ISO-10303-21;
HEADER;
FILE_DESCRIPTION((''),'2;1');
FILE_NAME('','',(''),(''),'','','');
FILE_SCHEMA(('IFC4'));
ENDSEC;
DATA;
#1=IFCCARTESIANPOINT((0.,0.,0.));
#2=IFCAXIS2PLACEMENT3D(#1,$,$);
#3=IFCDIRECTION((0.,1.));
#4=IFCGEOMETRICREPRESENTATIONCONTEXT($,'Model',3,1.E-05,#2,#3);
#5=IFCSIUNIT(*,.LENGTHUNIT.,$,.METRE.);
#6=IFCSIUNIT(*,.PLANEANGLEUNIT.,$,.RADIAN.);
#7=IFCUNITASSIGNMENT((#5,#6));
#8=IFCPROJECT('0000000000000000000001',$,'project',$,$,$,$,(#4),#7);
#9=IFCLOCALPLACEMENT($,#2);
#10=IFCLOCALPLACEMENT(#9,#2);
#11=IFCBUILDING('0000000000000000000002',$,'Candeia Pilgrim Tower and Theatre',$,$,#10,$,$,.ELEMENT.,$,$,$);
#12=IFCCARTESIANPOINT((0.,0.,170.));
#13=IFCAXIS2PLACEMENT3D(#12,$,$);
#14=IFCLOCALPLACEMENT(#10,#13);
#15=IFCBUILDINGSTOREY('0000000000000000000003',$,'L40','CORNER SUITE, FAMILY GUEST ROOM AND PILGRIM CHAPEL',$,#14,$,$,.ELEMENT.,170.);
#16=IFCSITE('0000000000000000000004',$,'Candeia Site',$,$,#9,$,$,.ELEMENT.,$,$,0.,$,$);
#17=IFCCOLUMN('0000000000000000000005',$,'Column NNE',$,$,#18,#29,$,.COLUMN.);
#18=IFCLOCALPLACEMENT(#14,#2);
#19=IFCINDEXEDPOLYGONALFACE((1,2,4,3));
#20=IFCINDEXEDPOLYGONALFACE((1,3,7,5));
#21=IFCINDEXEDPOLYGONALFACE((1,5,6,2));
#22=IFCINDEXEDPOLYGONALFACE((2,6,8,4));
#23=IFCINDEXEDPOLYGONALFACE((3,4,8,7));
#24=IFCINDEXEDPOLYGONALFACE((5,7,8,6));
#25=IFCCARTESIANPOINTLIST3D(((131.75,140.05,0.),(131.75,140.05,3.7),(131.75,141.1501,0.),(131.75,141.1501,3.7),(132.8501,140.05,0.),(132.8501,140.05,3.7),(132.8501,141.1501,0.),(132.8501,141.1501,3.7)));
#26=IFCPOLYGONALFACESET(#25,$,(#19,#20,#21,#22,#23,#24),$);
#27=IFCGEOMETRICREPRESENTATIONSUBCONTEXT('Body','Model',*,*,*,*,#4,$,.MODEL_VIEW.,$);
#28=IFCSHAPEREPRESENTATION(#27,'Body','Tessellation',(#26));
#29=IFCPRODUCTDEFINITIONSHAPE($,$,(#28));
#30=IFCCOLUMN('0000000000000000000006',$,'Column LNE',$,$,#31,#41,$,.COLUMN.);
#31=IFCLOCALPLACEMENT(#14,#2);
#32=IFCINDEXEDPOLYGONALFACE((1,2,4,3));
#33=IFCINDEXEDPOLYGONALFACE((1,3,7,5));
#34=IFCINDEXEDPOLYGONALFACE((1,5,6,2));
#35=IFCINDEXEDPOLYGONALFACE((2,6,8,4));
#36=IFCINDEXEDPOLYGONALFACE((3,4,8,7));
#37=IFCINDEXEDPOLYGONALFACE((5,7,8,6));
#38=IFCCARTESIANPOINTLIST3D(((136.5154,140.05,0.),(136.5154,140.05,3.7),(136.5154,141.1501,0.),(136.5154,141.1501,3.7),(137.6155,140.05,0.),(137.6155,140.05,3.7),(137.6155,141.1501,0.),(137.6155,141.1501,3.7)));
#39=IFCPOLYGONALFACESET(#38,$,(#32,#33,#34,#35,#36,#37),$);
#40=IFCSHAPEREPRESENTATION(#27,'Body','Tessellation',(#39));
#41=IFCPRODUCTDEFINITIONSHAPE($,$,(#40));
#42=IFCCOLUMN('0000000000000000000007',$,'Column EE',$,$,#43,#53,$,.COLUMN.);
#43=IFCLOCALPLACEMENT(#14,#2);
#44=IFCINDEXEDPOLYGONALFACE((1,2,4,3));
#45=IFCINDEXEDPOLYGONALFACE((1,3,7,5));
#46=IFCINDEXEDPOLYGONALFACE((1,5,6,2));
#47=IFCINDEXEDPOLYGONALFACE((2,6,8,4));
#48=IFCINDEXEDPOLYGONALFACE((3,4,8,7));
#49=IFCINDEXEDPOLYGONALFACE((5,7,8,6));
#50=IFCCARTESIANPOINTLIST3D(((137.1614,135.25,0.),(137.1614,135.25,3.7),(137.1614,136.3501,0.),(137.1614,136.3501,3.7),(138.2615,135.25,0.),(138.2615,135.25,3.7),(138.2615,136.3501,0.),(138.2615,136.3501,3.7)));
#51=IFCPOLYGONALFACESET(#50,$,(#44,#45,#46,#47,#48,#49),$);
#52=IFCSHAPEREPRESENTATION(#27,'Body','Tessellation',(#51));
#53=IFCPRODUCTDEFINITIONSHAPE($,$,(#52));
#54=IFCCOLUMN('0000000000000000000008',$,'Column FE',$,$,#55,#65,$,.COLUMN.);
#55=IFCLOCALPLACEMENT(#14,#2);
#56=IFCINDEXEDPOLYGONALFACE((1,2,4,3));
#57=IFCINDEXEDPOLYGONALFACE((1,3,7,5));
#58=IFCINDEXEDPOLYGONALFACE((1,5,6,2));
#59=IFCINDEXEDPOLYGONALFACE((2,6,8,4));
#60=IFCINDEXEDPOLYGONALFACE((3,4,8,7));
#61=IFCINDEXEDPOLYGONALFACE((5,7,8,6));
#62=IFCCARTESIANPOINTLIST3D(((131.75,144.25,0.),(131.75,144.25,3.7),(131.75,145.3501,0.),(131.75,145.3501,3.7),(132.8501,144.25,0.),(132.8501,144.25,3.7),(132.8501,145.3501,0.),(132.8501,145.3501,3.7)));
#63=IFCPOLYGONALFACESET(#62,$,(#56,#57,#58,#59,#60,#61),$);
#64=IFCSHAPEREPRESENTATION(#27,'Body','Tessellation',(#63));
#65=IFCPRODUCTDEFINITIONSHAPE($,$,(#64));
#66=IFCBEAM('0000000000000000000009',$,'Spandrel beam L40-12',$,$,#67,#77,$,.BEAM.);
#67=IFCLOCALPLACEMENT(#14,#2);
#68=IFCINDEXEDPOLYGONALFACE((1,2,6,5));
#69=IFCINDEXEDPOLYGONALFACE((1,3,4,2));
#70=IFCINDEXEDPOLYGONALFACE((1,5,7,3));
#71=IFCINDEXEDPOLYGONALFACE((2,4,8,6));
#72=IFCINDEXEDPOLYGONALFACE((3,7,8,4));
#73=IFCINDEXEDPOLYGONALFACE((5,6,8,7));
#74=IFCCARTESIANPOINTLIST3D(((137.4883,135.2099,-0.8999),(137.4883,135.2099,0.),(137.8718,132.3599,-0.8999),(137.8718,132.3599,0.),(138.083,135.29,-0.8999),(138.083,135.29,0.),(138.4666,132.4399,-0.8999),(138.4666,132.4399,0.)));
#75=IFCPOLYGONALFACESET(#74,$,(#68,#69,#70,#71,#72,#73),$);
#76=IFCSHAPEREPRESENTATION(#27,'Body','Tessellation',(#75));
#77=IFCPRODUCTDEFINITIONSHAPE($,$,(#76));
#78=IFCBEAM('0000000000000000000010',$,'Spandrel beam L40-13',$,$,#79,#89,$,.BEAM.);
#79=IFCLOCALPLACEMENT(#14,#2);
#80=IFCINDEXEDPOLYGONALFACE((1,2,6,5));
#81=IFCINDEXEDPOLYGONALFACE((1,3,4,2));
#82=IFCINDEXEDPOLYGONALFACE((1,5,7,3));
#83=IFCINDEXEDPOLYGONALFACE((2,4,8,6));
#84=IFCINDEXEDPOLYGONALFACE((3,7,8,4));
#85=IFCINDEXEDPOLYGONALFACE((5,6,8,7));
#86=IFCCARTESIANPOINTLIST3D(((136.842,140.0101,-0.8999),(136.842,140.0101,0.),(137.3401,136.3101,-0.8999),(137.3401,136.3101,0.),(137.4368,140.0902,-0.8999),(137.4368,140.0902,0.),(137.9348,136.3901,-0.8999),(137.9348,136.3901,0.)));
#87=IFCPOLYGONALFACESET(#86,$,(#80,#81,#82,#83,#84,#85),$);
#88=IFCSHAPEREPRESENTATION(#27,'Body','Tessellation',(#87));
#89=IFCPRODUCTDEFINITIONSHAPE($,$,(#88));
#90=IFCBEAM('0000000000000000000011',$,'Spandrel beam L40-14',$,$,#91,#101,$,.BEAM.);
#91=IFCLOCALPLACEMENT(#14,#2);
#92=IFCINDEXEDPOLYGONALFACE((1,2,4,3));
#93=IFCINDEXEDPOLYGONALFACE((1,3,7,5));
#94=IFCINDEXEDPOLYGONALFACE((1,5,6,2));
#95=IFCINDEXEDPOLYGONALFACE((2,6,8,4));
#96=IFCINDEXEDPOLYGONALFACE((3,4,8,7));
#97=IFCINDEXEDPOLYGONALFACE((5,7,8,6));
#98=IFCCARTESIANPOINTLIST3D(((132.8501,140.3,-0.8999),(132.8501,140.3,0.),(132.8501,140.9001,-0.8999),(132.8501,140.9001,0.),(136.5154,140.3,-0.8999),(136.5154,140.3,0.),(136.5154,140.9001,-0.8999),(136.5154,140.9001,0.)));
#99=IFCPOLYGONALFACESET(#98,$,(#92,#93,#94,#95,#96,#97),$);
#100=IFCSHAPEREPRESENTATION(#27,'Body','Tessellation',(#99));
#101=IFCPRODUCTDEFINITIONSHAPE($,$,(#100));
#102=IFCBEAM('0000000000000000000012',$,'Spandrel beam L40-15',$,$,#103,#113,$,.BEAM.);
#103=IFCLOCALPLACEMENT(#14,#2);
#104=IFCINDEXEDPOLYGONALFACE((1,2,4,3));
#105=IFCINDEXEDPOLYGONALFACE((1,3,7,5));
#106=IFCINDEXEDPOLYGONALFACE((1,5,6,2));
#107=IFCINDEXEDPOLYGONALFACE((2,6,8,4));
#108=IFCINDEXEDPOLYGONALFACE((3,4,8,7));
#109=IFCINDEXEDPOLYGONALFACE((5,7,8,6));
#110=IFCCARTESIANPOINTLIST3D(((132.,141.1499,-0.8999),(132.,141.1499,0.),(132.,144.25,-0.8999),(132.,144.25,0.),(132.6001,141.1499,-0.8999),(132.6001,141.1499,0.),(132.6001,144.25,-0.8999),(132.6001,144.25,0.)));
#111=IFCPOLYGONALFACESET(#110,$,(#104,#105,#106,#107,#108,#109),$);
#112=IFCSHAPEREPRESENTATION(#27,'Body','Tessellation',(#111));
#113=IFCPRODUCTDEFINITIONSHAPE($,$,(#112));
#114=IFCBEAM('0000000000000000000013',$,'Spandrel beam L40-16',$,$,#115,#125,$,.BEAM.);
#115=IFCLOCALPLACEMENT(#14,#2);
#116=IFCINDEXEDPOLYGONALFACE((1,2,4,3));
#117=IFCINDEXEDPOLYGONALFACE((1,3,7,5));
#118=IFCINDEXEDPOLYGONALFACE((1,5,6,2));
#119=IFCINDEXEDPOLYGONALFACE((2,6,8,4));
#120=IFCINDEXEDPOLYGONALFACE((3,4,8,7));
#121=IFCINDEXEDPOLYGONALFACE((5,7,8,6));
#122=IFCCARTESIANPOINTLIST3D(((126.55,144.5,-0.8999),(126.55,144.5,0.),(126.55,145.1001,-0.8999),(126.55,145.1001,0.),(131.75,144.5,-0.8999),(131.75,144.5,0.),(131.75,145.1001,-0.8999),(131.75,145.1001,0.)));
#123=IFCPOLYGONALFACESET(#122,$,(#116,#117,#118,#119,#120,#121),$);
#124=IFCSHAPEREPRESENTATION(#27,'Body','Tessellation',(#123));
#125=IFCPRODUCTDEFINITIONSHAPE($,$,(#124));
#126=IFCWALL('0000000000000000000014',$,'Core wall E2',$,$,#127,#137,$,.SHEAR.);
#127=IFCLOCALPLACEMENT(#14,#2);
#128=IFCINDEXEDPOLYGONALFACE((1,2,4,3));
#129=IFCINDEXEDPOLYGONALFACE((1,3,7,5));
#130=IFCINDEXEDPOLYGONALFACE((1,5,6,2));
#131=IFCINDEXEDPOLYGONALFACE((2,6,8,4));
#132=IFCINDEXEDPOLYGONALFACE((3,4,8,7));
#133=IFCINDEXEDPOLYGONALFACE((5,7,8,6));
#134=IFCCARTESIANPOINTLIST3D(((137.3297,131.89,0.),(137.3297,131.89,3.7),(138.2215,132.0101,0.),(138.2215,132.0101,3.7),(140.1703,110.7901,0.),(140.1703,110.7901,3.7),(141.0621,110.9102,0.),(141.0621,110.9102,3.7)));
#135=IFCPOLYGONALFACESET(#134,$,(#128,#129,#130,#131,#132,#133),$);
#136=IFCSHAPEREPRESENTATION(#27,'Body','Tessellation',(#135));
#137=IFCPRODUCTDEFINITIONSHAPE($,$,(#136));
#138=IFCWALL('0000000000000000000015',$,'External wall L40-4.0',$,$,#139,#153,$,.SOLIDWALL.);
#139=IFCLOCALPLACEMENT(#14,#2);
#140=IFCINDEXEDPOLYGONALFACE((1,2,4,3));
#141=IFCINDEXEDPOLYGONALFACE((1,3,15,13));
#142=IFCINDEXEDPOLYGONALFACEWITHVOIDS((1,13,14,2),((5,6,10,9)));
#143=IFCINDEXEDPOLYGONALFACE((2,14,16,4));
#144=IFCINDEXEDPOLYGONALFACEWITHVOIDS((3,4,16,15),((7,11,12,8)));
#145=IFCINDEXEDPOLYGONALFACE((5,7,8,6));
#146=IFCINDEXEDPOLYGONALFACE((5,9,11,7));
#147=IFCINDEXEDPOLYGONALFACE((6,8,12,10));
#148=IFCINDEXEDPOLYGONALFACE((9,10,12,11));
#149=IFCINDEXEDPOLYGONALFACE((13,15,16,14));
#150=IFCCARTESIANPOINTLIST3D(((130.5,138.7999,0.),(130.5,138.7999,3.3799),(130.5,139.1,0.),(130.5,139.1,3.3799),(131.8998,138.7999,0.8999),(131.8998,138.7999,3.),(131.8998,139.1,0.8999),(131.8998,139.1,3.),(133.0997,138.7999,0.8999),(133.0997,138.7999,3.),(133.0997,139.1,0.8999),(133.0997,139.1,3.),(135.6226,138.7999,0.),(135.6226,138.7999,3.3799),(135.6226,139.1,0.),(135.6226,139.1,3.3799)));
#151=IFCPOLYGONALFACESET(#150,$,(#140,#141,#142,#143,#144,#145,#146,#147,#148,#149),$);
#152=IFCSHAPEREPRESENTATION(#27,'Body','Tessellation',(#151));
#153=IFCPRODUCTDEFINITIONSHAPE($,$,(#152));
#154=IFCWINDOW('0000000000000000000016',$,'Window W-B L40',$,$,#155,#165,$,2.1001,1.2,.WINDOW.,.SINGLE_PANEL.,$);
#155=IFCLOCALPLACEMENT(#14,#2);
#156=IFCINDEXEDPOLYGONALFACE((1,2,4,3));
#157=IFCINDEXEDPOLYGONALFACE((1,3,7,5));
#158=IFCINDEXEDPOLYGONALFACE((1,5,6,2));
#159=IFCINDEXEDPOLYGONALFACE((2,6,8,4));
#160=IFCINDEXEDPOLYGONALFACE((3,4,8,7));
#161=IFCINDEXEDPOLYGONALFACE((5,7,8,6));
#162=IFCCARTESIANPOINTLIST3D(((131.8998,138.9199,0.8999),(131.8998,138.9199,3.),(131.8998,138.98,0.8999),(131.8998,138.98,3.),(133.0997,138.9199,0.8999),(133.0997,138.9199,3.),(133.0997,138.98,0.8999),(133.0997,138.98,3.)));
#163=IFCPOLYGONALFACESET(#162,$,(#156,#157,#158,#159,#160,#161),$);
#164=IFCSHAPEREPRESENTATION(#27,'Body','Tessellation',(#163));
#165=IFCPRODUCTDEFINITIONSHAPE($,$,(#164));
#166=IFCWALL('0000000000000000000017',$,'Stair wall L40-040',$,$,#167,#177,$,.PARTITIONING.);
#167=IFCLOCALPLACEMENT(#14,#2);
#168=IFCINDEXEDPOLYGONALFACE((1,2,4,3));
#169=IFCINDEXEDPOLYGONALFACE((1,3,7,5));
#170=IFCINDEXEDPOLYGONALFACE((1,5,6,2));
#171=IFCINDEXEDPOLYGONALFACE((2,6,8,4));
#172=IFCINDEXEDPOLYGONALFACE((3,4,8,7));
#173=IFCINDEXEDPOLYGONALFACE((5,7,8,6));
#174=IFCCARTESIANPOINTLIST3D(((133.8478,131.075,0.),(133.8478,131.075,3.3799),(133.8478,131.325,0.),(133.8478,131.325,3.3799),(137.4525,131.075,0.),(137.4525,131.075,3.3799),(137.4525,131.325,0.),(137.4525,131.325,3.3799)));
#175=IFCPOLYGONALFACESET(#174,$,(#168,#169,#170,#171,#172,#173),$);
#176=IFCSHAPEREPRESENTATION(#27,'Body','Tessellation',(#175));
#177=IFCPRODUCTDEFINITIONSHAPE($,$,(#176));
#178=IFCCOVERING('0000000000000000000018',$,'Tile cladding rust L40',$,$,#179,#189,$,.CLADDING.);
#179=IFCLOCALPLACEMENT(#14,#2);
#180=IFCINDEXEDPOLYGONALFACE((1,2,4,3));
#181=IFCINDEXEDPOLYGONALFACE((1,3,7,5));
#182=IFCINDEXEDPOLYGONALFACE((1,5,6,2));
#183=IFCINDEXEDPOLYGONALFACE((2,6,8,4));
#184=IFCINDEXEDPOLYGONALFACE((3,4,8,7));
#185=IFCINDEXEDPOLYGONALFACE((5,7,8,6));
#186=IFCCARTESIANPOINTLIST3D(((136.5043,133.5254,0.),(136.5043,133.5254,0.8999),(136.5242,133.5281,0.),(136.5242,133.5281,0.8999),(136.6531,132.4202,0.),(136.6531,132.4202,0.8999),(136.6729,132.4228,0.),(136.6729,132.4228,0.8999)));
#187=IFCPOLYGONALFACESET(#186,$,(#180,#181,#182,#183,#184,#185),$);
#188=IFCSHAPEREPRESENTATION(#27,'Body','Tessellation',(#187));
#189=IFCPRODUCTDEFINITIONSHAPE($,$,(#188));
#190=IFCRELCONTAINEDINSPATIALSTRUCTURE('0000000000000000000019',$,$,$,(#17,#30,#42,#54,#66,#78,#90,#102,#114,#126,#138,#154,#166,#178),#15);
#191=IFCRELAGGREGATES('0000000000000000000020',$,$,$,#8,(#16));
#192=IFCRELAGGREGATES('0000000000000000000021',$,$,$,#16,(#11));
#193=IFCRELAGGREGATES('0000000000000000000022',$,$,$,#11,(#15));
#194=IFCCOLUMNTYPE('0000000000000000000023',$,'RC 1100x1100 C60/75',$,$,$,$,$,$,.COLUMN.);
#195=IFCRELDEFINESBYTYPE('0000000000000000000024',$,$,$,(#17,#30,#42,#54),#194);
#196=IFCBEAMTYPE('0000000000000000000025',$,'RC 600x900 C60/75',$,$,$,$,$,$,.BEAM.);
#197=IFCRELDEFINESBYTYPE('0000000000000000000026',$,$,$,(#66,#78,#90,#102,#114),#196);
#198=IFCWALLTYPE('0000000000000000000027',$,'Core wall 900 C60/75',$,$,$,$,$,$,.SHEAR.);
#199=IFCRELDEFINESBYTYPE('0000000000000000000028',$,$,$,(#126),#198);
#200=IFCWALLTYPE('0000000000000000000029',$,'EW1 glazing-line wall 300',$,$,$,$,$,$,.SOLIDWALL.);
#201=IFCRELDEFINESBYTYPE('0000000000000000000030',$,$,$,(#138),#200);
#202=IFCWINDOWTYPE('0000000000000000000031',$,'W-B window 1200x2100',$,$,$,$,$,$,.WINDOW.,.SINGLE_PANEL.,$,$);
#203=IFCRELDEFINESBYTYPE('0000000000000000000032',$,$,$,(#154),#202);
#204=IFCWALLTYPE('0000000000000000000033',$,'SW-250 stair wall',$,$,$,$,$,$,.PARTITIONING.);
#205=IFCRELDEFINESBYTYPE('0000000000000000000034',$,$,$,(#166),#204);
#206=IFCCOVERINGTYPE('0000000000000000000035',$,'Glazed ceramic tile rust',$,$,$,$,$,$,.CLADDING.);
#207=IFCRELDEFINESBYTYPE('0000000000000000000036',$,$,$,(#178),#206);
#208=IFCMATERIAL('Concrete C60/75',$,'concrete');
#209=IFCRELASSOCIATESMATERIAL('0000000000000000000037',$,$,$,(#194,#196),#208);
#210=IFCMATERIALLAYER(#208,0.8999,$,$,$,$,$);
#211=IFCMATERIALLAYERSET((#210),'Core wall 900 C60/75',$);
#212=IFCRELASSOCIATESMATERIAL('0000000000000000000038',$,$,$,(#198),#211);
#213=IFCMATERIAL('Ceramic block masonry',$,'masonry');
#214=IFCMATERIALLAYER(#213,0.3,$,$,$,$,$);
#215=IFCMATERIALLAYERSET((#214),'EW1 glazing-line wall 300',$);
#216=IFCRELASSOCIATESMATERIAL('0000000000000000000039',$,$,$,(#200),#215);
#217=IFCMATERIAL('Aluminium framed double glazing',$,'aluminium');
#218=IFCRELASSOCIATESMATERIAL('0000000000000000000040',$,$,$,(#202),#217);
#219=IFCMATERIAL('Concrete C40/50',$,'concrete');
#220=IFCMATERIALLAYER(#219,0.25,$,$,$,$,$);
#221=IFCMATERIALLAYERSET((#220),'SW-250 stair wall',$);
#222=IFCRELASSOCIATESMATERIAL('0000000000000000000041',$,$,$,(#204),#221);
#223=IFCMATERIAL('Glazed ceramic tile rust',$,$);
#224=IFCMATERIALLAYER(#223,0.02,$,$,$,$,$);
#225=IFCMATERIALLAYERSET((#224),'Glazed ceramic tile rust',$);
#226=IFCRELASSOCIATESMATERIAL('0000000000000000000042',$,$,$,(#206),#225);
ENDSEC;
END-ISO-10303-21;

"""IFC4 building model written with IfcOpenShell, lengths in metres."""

from ifc_helpers import new_model, si_unit, direction, frame, frame_2d, origin, origin_2d, place, context, subcontext, project, spatial, rectangle, extrude, material, layer, layer_set, material_profile, profile_set, type_object, element, fill, save


model = new_model("IFC4")

# Units and contexts
model_context = context("Model", 3, precision=1e-05, world=origin(), true_north=direction((0.0, 1.0)))
body_context = subcontext(model_context, "Body", "Model", "MODEL_VIEW")
ifc_project = project(units=[si_unit("LENGTHUNIT", "METRE"), si_unit("PLANEANGLEUNIT", "RADIAN")], contexts=[model_context])

# Site, building, storey
site_placement = place(None, origin())
site = spatial("IfcSite", under=ifc_project, at=site_placement, Name="Candeia Site", CompositionType="ELEMENT", RefElevation=0.0)
building_placement = place(site_placement, origin())
building = spatial("IfcBuilding", under=site, at=building_placement, Name="Candeia Pilgrim Tower and Theatre", CompositionType="ELEMENT")
storey_placement = place(building_placement, frame((0.0, 0.0, 170.0)))
storey = spatial("IfcBuildingStorey", under=building, at=storey_placement, Name="L40", Description="CORNER SUITE, FAMILY GUEST ROOM AND PILGRIM CHAPEL", CompositionType="ELEMENT", Elevation=170.0)

# Columns
ifc_material_1 = material(Name="Concrete C60/75", Category="concrete")
ifc_material_profile_1 = material_profile(ifc_material_1, rectangle(XDim=1.1001, YDim=1.1001, at=origin_2d()))
ifc_profile_set_1 = profile_set([ifc_material_profile_1], Name="Concrete C60/75")
column_type = type_object("IfcColumnType", Name="RC 1100x1100 C60/75", PredefinedType="COLUMN", material=ifc_profile_set_1)
for number, where, z_axis, x_axis, name in (
    (1, (132.3, 140.6001, 0.0), (0.0, 0.0, 1.0), (1.0, 0.0, 0.0), "Column NNE"),
    (2, (137.0654, 140.6001, 0.0), (0.0, 0.0, 1.0), (1.0, 0.0, 0.0), "Column LNE"),
    (3, (137.7114, 135.8, 0.0), (0.0, 0.0, 1.0), (1.0, 0.0, 0.0), "Column EE"),
    (4, (132.3, 144.8, 0.0), (0.0, 0.0, 1.0), (1.0, 0.0, 0.0), "Column FE"),
):
    element("IfcColumn", number, at=place(storey_placement, frame(where, z_axis=z_axis, x_axis=x_axis)), inside=storey, type_object=column_type, Name=name, PredefinedType="COLUMN", context=body_context, shape_type="SweptSolid", body=[
        extrude(rectangle(XDim=1.1001, YDim=1.1001, at=origin_2d()), origin(), (0.0, 0.0, 1.0), 3.7),
    ])

# Beams
ifc_material_profile_2 = material_profile(ifc_material_1, rectangle(XDim=0.6001, YDim=0.8999, at=origin_2d()))
ifc_profile_set_2 = profile_set([ifc_material_profile_2], Name="Concrete C60/75")
beam_type = type_object("IfcBeamType", Name="RC 600x900 C60/75", PredefinedType="BEAM", material=ifc_profile_set_2)
beam_1_placement = place(storey_placement, frame((138.1692, 132.3999, -0.45), z_axis=(-0.13337, 0.991066, 0.0), x_axis=(-0.991066, -0.13337, 0.0)))
element("IfcBeam", 5, at=beam_1_placement, inside=storey, type_object=beam_type, Name="Spandrel beam L40-12", PredefinedType="BEAM", context=body_context, shape_type="SweptSolid", body=[
    extrude(rectangle(XDim=0.6001, YDim=0.8999, at=origin_2d()), origin(), (0.0, 0.0, 1.0), 2.8757),
])
beam_2_placement = place(storey_placement, frame((137.6375, 136.3501, -0.45), z_axis=(-0.133406, 0.991061, 0.0), x_axis=(-0.991061, -0.133406, 0.0)))
element("IfcBeam", 6, at=beam_2_placement, inside=storey, type_object=beam_type, Name="Spandrel beam L40-13", PredefinedType="BEAM", context=body_context, shape_type="SweptSolid", body=[
    extrude(rectangle(XDim=0.6001, YDim=0.8999, at=origin_2d()), origin(), (0.0, 0.0, 1.0), 3.7334),
])
beam_3_placement = place(storey_placement, frame((136.5154, 140.6001, -0.45), z_axis=(-1.0, 0.0, 0.0), x_axis=(0.0, -1.0, 0.0)))
element("IfcBeam", 7, at=beam_3_placement, inside=storey, type_object=beam_type, Name="Spandrel beam L40-14", PredefinedType="BEAM", context=body_context, shape_type="SweptSolid", body=[
    extrude(rectangle(XDim=0.6001, YDim=0.8999, at=origin_2d()), origin(), (0.0, 0.0, 1.0), 3.6653),
])
beam_4_placement = place(storey_placement, frame((132.3, 141.1499, -0.45), z_axis=(0.0, 1.0, 0.0), x_axis=(-1.0, 0.0, 0.0)))
element("IfcBeam", 8, at=beam_4_placement, inside=storey, type_object=beam_type, Name="Spandrel beam L40-15", PredefinedType="BEAM", context=body_context, shape_type="SweptSolid", body=[
    extrude(rectangle(XDim=0.6001, YDim=0.8999, at=origin_2d()), origin(), (0.0, 0.0, 1.0), 3.1001),
])
beam_5_placement = place(storey_placement, frame((131.75, 144.8, -0.45), z_axis=(-1.0, 0.0, 0.0), x_axis=(0.0, -1.0, 0.0)))
element("IfcBeam", 9, at=beam_5_placement, inside=storey, type_object=beam_type, Name="Spandrel beam L40-16", PredefinedType="BEAM", context=body_context, shape_type="SweptSolid", body=[
    extrude(rectangle(XDim=0.6001, YDim=0.8999, at=origin_2d()), origin(), (0.0, 0.0, 1.0), 5.2),
])

# Wall
ifc_layer_1 = layer(ifc_material_1, 0.8999)
ifc_layer_set_1 = layer_set([ifc_layer_1], Name="Core wall 900 C60/75")
wall_type_1 = type_object("IfcWallType", Name="Core wall 900 C60/75", PredefinedType="SHEAR", material=ifc_layer_set_1)
wall_1_placement = place(storey_placement, frame((137.7756, 131.95, 0.0), z_axis=(0.0, 0.0, 1.0), x_axis=(0.133422, -0.991059, 0.0)))
element("IfcWall", 10, at=wall_1_placement, inside=storey, type_object=wall_type_1, Name="Core wall E2", PredefinedType="SHEAR", context=body_context, shape_type="SweptSolid", body=[
    extrude(rectangle(XDim=21.2903, YDim=0.8999, at=frame_2d((10.645, 0.0))), origin(), (0.0, 0.0, 1.0), 3.7),
])

# Shared definitions
ifc_material_2 = material(Name="Ceramic block masonry", Category="masonry")
ifc_layer_2 = layer(ifc_material_2, 0.3)
ifc_layer_set_2 = layer_set([ifc_layer_2], Name="EW1 glazing-line wall 300")
wall_type_2 = type_object("IfcWallType", Name="EW1 glazing-line wall 300", PredefinedType="SOLIDWALL", material=ifc_layer_set_2)
ifc_material_3 = material(Name="Aluminium framed double glazing", Category="aluminium")

# Wall, opening, window
wall_2_placement = place(storey_placement, frame((135.6226, 138.95, 0.0), z_axis=(0.0, 0.0, 1.0), x_axis=(-1.0, 0.0, 0.0)))
wall_2 = element("IfcWall", 11, at=wall_2_placement, inside=storey, type_object=wall_type_2, Name="External wall L40-4.0", PredefinedType="SOLIDWALL", context=body_context, shape_type="SweptSolid", body=[
    extrude(rectangle(XDim=5.1226, YDim=0.3, at=frame_2d((2.5613, 0.0))), origin(), (0.0, 0.0, 1.0), 3.3799),
])
opening_1_placement = place(wall_2_placement, frame((2.5227, 0.0, 0.8999)))
opening_1 = element("IfcOpeningElement", 12, at=opening_1_placement, cuts=wall_2, PredefinedType="OPENING", context=body_context, shape_type="SweptSolid", body=[
    extrude(rectangle(XDim=1.2, YDim=2.1001, at=frame_2d((0.6001, 1.05))), frame((0.0, 0.1602, 0.0), z_axis=(0.0, -1.0, 0.0), x_axis=(1.0, 0.0, 0.0)), (0.0, 0.0, 1.0), 0.3201),
])
window_type_1 = type_object("IfcWindowType", Name="W-B window 1200x2100", PartitioningType="SINGLE_PANEL", PredefinedType="WINDOW", material=ifc_material_3)
window_1_placement = place(opening_1_placement, origin())
window_1 = element("IfcWindow", 13, at=window_1_placement, inside=storey, type_object=window_type_1, Name="Window W-B L40", OverallHeight=2.1001, OverallWidth=1.2, PartitioningType="SINGLE_PANEL", PredefinedType="WINDOW", context=body_context, shape_type="SweptSolid", body=[
    extrude(rectangle(XDim=1.2, YDim=2.1001, at=frame_2d((0.6001, 1.05))), frame((0.0, 0.03, 0.0), z_axis=(0.0, -1.0, 0.0), x_axis=(1.0, 0.0, 0.0)), (0.0, 0.0, 1.0), 0.0601),
])
fill(opening_1, window_1)

# Wall
ifc_material_4 = material(Name="Concrete C40/50", Category="concrete")
ifc_layer_3 = layer(ifc_material_4, 0.25)
ifc_layer_set_3 = layer_set([ifc_layer_3], Name="SW-250 stair wall")
wall_type_3 = type_object("IfcWallType", Name="SW-250 stair wall", PredefinedType="PARTITIONING", material=ifc_layer_set_3)
wall_3_placement = place(storey_placement, frame((133.8479, 131.2, 0.0), z_axis=(0.0, 0.0, 1.0), x_axis=(1.0, 0.0, 0.0)))
element("IfcWall", 14, at=wall_3_placement, inside=storey, type_object=wall_type_3, Name="Stair wall L40-040", PredefinedType="PARTITIONING", context=body_context, shape_type="SweptSolid", body=[
    extrude(rectangle(XDim=3.6047, YDim=0.25, at=frame_2d((1.8022, 0.0))), origin(), (0.0, 0.0, 1.0), 3.3799),
])

# Covering
ifc_material_5 = material(Name="Glazed ceramic tile rust")
ifc_layer_4 = layer(ifc_material_5, 0.02)
ifc_layer_set_4 = layer_set([ifc_layer_4], Name="Glazed ceramic tile rust")
covering_type = type_object("IfcCoveringType", Name="Glazed ceramic tile rust", PredefinedType="CLADDING", material=ifc_layer_set_4)
covering_1_placement = place(storey_placement, frame((136.5886, 132.9741, 0.0), z_axis=(0.0, 0.0, 1.0), x_axis=(-0.133412, 0.991061, 0.0)))
element("IfcCovering", 15, at=covering_1_placement, inside=storey, type_object=covering_type, Name="Tile cladding rust L40", PredefinedType="CLADDING", context=body_context, shape_type="SweptSolid", body=[
    extrude(rectangle(XDim=1.1152, YDim=0.02, at=origin_2d()), origin(), (0.0, 0.0, 1.0), 0.8999),
])

save(model, "model.ifc")
